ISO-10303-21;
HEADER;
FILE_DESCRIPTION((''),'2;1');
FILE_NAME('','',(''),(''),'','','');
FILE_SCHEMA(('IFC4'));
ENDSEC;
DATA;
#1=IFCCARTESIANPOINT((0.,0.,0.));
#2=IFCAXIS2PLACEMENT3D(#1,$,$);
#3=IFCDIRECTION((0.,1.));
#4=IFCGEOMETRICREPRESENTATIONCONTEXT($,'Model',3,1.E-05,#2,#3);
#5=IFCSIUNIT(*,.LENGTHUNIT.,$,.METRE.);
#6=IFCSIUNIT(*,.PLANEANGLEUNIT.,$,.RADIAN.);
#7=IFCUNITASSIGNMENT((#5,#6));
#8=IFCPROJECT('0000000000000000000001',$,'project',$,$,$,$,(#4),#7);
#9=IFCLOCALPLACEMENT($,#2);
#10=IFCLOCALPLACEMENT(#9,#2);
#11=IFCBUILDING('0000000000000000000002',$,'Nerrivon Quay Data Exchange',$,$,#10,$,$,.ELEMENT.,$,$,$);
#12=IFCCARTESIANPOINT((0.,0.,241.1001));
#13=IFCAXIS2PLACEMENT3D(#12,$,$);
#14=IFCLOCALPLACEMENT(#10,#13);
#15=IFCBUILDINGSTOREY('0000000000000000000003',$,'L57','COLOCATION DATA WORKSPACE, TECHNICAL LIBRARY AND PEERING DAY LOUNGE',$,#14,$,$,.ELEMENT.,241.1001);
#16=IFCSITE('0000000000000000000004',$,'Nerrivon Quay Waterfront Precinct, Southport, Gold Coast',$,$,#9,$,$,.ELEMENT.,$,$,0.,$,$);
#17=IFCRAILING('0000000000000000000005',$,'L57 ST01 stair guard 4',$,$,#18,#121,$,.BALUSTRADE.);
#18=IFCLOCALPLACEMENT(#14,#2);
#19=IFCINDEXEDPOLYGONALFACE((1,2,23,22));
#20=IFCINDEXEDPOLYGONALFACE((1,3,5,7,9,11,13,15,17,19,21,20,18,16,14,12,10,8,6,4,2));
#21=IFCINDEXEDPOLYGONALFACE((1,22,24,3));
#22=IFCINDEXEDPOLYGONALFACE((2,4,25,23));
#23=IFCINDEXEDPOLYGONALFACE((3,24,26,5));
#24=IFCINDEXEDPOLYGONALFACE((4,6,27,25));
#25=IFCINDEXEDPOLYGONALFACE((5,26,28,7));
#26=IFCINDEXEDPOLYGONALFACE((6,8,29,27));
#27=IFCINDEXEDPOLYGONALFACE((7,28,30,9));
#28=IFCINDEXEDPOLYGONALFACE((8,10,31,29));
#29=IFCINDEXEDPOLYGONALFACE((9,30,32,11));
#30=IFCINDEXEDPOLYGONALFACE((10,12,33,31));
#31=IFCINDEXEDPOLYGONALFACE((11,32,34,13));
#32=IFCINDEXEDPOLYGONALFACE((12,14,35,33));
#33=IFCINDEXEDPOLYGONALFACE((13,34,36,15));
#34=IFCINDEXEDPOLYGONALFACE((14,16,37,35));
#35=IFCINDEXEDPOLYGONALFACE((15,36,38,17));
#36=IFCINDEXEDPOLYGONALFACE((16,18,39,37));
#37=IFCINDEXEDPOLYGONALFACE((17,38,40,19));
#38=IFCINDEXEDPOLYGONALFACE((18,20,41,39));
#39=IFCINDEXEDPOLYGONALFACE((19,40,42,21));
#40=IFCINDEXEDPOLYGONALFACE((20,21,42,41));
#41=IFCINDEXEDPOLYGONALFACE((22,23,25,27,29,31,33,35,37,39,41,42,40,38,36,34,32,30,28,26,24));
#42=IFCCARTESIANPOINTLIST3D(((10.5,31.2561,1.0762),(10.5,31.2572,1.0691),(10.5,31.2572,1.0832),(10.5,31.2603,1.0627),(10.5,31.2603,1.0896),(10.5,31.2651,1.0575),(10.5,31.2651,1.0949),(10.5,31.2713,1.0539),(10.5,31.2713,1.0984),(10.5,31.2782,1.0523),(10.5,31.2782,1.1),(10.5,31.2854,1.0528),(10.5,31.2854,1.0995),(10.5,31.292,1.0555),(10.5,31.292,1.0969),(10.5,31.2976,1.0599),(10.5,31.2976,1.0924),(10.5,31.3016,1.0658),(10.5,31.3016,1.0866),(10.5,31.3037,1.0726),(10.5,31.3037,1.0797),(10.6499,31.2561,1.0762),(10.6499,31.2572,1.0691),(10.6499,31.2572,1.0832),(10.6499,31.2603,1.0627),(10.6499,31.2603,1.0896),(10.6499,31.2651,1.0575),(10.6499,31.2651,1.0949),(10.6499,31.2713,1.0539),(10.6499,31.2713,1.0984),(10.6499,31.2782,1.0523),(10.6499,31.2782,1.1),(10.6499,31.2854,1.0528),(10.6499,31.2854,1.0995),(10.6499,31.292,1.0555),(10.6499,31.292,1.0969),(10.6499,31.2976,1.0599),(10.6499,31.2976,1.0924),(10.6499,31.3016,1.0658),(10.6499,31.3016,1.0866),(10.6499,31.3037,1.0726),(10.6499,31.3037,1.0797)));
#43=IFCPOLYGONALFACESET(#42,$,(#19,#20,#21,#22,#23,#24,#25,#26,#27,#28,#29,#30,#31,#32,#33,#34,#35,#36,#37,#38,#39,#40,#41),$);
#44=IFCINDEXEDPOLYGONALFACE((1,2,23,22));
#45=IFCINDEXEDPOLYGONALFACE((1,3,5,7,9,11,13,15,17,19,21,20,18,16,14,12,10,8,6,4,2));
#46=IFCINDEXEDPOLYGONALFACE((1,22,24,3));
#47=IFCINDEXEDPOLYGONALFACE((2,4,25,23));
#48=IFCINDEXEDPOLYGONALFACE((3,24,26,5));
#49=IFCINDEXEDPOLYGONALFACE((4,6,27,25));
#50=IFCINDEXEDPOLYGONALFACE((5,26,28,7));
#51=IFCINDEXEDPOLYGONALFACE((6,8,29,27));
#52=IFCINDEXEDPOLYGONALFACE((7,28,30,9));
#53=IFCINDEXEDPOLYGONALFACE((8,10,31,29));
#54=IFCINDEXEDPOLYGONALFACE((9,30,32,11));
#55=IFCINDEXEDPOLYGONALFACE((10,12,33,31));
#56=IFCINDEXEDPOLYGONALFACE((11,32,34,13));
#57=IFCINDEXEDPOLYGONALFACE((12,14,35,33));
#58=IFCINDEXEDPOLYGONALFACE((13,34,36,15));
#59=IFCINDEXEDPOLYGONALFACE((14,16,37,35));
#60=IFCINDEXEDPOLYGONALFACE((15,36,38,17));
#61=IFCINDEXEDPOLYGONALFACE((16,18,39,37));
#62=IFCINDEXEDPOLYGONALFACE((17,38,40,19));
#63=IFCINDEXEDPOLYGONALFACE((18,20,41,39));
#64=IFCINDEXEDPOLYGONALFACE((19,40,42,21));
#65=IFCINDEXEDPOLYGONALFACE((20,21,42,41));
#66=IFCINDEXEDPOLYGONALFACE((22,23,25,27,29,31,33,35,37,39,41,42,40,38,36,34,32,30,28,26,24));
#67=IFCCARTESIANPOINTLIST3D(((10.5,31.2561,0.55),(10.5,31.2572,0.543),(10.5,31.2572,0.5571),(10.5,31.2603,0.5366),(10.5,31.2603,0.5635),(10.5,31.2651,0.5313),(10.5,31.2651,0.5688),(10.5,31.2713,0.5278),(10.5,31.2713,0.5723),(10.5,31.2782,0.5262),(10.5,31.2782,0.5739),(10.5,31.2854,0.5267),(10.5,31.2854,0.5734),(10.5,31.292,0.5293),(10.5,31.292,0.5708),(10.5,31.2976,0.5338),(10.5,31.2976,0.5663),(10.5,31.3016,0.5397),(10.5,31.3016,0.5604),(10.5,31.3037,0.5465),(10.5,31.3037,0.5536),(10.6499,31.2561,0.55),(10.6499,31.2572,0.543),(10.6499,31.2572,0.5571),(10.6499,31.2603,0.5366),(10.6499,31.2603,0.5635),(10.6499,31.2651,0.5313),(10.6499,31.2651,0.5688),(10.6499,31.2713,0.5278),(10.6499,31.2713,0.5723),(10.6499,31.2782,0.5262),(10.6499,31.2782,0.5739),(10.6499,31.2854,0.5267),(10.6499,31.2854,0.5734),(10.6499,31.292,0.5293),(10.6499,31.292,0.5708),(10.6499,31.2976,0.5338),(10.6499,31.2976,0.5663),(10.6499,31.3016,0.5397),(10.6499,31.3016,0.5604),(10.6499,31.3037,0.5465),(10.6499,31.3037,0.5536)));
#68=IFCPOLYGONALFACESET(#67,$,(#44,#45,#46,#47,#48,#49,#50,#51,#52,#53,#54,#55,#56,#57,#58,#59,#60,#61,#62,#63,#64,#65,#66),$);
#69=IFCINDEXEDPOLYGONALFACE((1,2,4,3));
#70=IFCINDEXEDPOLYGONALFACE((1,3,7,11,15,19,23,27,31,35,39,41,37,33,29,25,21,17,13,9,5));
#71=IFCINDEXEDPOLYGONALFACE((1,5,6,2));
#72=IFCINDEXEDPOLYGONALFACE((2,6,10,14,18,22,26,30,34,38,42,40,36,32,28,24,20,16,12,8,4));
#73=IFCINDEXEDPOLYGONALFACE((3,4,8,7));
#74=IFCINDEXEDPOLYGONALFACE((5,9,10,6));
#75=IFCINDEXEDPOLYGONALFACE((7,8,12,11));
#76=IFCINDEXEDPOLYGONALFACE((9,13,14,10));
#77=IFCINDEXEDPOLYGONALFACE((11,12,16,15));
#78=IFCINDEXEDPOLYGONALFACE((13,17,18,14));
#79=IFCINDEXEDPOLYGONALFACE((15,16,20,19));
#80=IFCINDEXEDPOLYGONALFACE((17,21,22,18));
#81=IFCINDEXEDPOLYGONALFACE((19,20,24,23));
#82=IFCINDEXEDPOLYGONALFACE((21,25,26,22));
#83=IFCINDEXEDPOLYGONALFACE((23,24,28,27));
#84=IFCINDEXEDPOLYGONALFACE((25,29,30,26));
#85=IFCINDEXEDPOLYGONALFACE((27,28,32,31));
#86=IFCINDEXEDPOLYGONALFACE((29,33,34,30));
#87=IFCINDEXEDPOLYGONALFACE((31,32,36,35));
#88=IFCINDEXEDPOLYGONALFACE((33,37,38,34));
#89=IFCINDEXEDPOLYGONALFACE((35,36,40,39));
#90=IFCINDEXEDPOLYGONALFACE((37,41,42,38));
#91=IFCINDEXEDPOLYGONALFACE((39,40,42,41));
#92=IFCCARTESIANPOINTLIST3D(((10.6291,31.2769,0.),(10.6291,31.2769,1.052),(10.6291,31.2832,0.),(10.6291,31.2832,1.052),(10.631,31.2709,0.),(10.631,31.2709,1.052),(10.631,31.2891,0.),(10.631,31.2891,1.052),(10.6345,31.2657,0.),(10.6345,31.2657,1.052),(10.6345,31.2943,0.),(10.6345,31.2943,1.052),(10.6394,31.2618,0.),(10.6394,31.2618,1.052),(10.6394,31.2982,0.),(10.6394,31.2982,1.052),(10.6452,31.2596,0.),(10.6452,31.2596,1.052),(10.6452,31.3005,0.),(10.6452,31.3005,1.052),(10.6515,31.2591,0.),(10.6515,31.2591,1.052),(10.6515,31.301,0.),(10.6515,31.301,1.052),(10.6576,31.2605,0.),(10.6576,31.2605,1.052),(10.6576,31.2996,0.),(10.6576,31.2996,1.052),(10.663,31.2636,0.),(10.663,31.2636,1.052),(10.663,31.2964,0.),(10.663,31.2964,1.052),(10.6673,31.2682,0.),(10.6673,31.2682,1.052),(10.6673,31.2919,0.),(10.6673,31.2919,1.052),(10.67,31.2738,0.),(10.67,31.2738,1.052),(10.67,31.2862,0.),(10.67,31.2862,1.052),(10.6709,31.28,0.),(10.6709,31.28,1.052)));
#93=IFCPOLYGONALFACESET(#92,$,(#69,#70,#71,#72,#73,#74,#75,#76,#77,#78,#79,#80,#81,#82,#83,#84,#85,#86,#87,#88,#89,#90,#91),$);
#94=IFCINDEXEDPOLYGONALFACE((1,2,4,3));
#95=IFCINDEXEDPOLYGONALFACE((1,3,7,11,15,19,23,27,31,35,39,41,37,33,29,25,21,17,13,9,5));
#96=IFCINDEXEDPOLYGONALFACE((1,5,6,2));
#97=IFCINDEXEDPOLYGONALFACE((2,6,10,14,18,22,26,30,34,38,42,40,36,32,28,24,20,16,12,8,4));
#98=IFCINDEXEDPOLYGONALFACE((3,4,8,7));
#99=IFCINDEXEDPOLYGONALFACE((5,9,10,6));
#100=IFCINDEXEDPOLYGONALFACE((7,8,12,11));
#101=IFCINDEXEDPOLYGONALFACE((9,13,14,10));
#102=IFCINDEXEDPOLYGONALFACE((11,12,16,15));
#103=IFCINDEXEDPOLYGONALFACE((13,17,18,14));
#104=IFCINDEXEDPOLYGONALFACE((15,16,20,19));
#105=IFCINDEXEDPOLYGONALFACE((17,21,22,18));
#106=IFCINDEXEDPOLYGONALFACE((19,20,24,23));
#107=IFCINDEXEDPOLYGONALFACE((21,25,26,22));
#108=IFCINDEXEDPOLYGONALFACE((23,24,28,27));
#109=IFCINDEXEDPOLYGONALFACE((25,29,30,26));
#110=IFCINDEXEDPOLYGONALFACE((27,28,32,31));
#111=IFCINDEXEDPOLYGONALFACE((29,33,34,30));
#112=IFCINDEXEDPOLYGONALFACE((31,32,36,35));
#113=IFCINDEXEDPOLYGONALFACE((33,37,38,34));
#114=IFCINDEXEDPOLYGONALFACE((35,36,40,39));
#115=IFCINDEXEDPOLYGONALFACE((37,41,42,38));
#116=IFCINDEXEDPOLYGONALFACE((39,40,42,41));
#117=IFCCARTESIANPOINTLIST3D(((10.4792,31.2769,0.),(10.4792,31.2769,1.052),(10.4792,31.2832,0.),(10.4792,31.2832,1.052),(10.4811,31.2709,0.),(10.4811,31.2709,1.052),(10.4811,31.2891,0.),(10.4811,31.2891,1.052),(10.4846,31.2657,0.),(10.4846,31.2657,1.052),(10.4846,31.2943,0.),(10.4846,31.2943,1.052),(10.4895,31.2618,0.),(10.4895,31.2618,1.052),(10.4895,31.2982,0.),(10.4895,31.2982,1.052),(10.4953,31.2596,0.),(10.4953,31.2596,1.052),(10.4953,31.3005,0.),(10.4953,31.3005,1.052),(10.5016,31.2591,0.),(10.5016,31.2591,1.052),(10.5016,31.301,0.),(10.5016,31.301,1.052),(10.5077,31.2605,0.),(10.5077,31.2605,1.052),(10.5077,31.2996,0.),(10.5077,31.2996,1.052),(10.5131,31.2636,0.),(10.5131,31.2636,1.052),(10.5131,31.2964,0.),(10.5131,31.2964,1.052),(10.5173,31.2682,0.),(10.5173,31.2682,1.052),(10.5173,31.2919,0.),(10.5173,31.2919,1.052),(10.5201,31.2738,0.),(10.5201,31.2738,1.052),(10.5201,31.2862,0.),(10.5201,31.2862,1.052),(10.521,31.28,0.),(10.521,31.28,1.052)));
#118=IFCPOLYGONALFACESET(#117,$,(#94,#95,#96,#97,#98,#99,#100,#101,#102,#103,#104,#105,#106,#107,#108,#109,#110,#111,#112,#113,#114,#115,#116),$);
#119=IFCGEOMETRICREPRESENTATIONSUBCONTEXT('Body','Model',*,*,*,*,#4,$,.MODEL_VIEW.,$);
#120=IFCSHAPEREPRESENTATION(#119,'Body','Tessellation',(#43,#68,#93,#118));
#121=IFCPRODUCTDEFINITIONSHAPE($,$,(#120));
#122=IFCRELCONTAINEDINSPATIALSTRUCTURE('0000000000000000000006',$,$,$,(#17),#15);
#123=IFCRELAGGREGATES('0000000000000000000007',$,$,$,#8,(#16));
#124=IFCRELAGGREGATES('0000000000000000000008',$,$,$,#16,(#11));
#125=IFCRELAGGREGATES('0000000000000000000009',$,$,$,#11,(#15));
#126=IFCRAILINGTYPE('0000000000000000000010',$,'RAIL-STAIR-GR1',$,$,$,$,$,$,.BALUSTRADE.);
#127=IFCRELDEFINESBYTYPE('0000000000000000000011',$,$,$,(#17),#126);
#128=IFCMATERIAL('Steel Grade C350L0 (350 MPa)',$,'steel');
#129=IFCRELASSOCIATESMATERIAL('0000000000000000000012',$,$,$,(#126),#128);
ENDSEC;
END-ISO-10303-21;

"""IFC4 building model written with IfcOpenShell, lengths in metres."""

from ifc_helpers import new_model, si_unit, direction, frame, origin, origin_2d, place, context, subcontext, project, spatial, circle, extrude, material, type_object, element, save


model = new_model("IFC4")

# Units and contexts
model_context = context("Model", 3, precision=1e-05, world=origin(), true_north=direction((0.0, 1.0)))
body_context = subcontext(model_context, "Body", "Model", "MODEL_VIEW")
ifc_project = project(units=[si_unit("LENGTHUNIT", "METRE"), si_unit("PLANEANGLEUNIT", "RADIAN")], contexts=[model_context])

# Site, building, storey
site_placement = place(None, origin())
site = spatial("IfcSite", under=ifc_project, at=site_placement, Name="Nerrivon Quay Waterfront Precinct, Southport, Gold Coast", CompositionType="ELEMENT", RefElevation=0.0)
building_placement = place(site_placement, origin())
building = spatial("IfcBuilding", under=site, at=building_placement, Name="Nerrivon Quay Data Exchange", CompositionType="ELEMENT")
storey_placement = place(building_placement, frame((0.0, 0.0, 241.1001)))
storey = spatial("IfcBuildingStorey", under=building, at=storey_placement, Name="L57", Description="COLOCATION DATA WORKSPACE, TECHNICAL LIBRARY AND PEERING DAY LOUNGE", CompositionType="ELEMENT", Elevation=241.1001)

# Railing
ifc_material_1 = material(Name="Steel Grade C350L0 (350 MPa)", Category="steel")
railing_type_1 = type_object("IfcRailingType", Name="RAIL-STAIR-GR1", PredefinedType="BALUSTRADE", material=ifc_material_1)
railing_1_placement = place(storey_placement, frame((10.6499, 31.28, 0.0)))
element("IfcRailing", 1, at=railing_1_placement, inside=storey, type_object=railing_type_1, Name="L57 ST01 stair guard 4", PredefinedType="BALUSTRADE", context=body_context, shape_type="SweptSolid", body=[
    extrude(circle(Radius=0.0239, at=origin_2d()), frame((0.0, 0.0, 1.0762), z_axis=(-1.0, 0.0, 0.0), x_axis=(0.0, -1.0, 0.0)), (0.0, 0.0, 1.0), 0.1499),
    extrude(circle(Radius=0.0239, at=origin_2d()), frame((0.0, 0.0, 0.55), z_axis=(-1.0, 0.0, 0.0), x_axis=(0.0, -1.0, 0.0)), (0.0, 0.0, 1.0), 0.1499),
    extrude(circle(Radius=0.021, at=origin_2d()), origin(), (0.0, 0.0, 1.0), 1.052),
    extrude(circle(Radius=0.021, at=origin_2d()), frame((-0.1499, 0.0, 0.0)), (0.0, 0.0, 1.0), 1.052),
])

save(model, "model.ifc")
